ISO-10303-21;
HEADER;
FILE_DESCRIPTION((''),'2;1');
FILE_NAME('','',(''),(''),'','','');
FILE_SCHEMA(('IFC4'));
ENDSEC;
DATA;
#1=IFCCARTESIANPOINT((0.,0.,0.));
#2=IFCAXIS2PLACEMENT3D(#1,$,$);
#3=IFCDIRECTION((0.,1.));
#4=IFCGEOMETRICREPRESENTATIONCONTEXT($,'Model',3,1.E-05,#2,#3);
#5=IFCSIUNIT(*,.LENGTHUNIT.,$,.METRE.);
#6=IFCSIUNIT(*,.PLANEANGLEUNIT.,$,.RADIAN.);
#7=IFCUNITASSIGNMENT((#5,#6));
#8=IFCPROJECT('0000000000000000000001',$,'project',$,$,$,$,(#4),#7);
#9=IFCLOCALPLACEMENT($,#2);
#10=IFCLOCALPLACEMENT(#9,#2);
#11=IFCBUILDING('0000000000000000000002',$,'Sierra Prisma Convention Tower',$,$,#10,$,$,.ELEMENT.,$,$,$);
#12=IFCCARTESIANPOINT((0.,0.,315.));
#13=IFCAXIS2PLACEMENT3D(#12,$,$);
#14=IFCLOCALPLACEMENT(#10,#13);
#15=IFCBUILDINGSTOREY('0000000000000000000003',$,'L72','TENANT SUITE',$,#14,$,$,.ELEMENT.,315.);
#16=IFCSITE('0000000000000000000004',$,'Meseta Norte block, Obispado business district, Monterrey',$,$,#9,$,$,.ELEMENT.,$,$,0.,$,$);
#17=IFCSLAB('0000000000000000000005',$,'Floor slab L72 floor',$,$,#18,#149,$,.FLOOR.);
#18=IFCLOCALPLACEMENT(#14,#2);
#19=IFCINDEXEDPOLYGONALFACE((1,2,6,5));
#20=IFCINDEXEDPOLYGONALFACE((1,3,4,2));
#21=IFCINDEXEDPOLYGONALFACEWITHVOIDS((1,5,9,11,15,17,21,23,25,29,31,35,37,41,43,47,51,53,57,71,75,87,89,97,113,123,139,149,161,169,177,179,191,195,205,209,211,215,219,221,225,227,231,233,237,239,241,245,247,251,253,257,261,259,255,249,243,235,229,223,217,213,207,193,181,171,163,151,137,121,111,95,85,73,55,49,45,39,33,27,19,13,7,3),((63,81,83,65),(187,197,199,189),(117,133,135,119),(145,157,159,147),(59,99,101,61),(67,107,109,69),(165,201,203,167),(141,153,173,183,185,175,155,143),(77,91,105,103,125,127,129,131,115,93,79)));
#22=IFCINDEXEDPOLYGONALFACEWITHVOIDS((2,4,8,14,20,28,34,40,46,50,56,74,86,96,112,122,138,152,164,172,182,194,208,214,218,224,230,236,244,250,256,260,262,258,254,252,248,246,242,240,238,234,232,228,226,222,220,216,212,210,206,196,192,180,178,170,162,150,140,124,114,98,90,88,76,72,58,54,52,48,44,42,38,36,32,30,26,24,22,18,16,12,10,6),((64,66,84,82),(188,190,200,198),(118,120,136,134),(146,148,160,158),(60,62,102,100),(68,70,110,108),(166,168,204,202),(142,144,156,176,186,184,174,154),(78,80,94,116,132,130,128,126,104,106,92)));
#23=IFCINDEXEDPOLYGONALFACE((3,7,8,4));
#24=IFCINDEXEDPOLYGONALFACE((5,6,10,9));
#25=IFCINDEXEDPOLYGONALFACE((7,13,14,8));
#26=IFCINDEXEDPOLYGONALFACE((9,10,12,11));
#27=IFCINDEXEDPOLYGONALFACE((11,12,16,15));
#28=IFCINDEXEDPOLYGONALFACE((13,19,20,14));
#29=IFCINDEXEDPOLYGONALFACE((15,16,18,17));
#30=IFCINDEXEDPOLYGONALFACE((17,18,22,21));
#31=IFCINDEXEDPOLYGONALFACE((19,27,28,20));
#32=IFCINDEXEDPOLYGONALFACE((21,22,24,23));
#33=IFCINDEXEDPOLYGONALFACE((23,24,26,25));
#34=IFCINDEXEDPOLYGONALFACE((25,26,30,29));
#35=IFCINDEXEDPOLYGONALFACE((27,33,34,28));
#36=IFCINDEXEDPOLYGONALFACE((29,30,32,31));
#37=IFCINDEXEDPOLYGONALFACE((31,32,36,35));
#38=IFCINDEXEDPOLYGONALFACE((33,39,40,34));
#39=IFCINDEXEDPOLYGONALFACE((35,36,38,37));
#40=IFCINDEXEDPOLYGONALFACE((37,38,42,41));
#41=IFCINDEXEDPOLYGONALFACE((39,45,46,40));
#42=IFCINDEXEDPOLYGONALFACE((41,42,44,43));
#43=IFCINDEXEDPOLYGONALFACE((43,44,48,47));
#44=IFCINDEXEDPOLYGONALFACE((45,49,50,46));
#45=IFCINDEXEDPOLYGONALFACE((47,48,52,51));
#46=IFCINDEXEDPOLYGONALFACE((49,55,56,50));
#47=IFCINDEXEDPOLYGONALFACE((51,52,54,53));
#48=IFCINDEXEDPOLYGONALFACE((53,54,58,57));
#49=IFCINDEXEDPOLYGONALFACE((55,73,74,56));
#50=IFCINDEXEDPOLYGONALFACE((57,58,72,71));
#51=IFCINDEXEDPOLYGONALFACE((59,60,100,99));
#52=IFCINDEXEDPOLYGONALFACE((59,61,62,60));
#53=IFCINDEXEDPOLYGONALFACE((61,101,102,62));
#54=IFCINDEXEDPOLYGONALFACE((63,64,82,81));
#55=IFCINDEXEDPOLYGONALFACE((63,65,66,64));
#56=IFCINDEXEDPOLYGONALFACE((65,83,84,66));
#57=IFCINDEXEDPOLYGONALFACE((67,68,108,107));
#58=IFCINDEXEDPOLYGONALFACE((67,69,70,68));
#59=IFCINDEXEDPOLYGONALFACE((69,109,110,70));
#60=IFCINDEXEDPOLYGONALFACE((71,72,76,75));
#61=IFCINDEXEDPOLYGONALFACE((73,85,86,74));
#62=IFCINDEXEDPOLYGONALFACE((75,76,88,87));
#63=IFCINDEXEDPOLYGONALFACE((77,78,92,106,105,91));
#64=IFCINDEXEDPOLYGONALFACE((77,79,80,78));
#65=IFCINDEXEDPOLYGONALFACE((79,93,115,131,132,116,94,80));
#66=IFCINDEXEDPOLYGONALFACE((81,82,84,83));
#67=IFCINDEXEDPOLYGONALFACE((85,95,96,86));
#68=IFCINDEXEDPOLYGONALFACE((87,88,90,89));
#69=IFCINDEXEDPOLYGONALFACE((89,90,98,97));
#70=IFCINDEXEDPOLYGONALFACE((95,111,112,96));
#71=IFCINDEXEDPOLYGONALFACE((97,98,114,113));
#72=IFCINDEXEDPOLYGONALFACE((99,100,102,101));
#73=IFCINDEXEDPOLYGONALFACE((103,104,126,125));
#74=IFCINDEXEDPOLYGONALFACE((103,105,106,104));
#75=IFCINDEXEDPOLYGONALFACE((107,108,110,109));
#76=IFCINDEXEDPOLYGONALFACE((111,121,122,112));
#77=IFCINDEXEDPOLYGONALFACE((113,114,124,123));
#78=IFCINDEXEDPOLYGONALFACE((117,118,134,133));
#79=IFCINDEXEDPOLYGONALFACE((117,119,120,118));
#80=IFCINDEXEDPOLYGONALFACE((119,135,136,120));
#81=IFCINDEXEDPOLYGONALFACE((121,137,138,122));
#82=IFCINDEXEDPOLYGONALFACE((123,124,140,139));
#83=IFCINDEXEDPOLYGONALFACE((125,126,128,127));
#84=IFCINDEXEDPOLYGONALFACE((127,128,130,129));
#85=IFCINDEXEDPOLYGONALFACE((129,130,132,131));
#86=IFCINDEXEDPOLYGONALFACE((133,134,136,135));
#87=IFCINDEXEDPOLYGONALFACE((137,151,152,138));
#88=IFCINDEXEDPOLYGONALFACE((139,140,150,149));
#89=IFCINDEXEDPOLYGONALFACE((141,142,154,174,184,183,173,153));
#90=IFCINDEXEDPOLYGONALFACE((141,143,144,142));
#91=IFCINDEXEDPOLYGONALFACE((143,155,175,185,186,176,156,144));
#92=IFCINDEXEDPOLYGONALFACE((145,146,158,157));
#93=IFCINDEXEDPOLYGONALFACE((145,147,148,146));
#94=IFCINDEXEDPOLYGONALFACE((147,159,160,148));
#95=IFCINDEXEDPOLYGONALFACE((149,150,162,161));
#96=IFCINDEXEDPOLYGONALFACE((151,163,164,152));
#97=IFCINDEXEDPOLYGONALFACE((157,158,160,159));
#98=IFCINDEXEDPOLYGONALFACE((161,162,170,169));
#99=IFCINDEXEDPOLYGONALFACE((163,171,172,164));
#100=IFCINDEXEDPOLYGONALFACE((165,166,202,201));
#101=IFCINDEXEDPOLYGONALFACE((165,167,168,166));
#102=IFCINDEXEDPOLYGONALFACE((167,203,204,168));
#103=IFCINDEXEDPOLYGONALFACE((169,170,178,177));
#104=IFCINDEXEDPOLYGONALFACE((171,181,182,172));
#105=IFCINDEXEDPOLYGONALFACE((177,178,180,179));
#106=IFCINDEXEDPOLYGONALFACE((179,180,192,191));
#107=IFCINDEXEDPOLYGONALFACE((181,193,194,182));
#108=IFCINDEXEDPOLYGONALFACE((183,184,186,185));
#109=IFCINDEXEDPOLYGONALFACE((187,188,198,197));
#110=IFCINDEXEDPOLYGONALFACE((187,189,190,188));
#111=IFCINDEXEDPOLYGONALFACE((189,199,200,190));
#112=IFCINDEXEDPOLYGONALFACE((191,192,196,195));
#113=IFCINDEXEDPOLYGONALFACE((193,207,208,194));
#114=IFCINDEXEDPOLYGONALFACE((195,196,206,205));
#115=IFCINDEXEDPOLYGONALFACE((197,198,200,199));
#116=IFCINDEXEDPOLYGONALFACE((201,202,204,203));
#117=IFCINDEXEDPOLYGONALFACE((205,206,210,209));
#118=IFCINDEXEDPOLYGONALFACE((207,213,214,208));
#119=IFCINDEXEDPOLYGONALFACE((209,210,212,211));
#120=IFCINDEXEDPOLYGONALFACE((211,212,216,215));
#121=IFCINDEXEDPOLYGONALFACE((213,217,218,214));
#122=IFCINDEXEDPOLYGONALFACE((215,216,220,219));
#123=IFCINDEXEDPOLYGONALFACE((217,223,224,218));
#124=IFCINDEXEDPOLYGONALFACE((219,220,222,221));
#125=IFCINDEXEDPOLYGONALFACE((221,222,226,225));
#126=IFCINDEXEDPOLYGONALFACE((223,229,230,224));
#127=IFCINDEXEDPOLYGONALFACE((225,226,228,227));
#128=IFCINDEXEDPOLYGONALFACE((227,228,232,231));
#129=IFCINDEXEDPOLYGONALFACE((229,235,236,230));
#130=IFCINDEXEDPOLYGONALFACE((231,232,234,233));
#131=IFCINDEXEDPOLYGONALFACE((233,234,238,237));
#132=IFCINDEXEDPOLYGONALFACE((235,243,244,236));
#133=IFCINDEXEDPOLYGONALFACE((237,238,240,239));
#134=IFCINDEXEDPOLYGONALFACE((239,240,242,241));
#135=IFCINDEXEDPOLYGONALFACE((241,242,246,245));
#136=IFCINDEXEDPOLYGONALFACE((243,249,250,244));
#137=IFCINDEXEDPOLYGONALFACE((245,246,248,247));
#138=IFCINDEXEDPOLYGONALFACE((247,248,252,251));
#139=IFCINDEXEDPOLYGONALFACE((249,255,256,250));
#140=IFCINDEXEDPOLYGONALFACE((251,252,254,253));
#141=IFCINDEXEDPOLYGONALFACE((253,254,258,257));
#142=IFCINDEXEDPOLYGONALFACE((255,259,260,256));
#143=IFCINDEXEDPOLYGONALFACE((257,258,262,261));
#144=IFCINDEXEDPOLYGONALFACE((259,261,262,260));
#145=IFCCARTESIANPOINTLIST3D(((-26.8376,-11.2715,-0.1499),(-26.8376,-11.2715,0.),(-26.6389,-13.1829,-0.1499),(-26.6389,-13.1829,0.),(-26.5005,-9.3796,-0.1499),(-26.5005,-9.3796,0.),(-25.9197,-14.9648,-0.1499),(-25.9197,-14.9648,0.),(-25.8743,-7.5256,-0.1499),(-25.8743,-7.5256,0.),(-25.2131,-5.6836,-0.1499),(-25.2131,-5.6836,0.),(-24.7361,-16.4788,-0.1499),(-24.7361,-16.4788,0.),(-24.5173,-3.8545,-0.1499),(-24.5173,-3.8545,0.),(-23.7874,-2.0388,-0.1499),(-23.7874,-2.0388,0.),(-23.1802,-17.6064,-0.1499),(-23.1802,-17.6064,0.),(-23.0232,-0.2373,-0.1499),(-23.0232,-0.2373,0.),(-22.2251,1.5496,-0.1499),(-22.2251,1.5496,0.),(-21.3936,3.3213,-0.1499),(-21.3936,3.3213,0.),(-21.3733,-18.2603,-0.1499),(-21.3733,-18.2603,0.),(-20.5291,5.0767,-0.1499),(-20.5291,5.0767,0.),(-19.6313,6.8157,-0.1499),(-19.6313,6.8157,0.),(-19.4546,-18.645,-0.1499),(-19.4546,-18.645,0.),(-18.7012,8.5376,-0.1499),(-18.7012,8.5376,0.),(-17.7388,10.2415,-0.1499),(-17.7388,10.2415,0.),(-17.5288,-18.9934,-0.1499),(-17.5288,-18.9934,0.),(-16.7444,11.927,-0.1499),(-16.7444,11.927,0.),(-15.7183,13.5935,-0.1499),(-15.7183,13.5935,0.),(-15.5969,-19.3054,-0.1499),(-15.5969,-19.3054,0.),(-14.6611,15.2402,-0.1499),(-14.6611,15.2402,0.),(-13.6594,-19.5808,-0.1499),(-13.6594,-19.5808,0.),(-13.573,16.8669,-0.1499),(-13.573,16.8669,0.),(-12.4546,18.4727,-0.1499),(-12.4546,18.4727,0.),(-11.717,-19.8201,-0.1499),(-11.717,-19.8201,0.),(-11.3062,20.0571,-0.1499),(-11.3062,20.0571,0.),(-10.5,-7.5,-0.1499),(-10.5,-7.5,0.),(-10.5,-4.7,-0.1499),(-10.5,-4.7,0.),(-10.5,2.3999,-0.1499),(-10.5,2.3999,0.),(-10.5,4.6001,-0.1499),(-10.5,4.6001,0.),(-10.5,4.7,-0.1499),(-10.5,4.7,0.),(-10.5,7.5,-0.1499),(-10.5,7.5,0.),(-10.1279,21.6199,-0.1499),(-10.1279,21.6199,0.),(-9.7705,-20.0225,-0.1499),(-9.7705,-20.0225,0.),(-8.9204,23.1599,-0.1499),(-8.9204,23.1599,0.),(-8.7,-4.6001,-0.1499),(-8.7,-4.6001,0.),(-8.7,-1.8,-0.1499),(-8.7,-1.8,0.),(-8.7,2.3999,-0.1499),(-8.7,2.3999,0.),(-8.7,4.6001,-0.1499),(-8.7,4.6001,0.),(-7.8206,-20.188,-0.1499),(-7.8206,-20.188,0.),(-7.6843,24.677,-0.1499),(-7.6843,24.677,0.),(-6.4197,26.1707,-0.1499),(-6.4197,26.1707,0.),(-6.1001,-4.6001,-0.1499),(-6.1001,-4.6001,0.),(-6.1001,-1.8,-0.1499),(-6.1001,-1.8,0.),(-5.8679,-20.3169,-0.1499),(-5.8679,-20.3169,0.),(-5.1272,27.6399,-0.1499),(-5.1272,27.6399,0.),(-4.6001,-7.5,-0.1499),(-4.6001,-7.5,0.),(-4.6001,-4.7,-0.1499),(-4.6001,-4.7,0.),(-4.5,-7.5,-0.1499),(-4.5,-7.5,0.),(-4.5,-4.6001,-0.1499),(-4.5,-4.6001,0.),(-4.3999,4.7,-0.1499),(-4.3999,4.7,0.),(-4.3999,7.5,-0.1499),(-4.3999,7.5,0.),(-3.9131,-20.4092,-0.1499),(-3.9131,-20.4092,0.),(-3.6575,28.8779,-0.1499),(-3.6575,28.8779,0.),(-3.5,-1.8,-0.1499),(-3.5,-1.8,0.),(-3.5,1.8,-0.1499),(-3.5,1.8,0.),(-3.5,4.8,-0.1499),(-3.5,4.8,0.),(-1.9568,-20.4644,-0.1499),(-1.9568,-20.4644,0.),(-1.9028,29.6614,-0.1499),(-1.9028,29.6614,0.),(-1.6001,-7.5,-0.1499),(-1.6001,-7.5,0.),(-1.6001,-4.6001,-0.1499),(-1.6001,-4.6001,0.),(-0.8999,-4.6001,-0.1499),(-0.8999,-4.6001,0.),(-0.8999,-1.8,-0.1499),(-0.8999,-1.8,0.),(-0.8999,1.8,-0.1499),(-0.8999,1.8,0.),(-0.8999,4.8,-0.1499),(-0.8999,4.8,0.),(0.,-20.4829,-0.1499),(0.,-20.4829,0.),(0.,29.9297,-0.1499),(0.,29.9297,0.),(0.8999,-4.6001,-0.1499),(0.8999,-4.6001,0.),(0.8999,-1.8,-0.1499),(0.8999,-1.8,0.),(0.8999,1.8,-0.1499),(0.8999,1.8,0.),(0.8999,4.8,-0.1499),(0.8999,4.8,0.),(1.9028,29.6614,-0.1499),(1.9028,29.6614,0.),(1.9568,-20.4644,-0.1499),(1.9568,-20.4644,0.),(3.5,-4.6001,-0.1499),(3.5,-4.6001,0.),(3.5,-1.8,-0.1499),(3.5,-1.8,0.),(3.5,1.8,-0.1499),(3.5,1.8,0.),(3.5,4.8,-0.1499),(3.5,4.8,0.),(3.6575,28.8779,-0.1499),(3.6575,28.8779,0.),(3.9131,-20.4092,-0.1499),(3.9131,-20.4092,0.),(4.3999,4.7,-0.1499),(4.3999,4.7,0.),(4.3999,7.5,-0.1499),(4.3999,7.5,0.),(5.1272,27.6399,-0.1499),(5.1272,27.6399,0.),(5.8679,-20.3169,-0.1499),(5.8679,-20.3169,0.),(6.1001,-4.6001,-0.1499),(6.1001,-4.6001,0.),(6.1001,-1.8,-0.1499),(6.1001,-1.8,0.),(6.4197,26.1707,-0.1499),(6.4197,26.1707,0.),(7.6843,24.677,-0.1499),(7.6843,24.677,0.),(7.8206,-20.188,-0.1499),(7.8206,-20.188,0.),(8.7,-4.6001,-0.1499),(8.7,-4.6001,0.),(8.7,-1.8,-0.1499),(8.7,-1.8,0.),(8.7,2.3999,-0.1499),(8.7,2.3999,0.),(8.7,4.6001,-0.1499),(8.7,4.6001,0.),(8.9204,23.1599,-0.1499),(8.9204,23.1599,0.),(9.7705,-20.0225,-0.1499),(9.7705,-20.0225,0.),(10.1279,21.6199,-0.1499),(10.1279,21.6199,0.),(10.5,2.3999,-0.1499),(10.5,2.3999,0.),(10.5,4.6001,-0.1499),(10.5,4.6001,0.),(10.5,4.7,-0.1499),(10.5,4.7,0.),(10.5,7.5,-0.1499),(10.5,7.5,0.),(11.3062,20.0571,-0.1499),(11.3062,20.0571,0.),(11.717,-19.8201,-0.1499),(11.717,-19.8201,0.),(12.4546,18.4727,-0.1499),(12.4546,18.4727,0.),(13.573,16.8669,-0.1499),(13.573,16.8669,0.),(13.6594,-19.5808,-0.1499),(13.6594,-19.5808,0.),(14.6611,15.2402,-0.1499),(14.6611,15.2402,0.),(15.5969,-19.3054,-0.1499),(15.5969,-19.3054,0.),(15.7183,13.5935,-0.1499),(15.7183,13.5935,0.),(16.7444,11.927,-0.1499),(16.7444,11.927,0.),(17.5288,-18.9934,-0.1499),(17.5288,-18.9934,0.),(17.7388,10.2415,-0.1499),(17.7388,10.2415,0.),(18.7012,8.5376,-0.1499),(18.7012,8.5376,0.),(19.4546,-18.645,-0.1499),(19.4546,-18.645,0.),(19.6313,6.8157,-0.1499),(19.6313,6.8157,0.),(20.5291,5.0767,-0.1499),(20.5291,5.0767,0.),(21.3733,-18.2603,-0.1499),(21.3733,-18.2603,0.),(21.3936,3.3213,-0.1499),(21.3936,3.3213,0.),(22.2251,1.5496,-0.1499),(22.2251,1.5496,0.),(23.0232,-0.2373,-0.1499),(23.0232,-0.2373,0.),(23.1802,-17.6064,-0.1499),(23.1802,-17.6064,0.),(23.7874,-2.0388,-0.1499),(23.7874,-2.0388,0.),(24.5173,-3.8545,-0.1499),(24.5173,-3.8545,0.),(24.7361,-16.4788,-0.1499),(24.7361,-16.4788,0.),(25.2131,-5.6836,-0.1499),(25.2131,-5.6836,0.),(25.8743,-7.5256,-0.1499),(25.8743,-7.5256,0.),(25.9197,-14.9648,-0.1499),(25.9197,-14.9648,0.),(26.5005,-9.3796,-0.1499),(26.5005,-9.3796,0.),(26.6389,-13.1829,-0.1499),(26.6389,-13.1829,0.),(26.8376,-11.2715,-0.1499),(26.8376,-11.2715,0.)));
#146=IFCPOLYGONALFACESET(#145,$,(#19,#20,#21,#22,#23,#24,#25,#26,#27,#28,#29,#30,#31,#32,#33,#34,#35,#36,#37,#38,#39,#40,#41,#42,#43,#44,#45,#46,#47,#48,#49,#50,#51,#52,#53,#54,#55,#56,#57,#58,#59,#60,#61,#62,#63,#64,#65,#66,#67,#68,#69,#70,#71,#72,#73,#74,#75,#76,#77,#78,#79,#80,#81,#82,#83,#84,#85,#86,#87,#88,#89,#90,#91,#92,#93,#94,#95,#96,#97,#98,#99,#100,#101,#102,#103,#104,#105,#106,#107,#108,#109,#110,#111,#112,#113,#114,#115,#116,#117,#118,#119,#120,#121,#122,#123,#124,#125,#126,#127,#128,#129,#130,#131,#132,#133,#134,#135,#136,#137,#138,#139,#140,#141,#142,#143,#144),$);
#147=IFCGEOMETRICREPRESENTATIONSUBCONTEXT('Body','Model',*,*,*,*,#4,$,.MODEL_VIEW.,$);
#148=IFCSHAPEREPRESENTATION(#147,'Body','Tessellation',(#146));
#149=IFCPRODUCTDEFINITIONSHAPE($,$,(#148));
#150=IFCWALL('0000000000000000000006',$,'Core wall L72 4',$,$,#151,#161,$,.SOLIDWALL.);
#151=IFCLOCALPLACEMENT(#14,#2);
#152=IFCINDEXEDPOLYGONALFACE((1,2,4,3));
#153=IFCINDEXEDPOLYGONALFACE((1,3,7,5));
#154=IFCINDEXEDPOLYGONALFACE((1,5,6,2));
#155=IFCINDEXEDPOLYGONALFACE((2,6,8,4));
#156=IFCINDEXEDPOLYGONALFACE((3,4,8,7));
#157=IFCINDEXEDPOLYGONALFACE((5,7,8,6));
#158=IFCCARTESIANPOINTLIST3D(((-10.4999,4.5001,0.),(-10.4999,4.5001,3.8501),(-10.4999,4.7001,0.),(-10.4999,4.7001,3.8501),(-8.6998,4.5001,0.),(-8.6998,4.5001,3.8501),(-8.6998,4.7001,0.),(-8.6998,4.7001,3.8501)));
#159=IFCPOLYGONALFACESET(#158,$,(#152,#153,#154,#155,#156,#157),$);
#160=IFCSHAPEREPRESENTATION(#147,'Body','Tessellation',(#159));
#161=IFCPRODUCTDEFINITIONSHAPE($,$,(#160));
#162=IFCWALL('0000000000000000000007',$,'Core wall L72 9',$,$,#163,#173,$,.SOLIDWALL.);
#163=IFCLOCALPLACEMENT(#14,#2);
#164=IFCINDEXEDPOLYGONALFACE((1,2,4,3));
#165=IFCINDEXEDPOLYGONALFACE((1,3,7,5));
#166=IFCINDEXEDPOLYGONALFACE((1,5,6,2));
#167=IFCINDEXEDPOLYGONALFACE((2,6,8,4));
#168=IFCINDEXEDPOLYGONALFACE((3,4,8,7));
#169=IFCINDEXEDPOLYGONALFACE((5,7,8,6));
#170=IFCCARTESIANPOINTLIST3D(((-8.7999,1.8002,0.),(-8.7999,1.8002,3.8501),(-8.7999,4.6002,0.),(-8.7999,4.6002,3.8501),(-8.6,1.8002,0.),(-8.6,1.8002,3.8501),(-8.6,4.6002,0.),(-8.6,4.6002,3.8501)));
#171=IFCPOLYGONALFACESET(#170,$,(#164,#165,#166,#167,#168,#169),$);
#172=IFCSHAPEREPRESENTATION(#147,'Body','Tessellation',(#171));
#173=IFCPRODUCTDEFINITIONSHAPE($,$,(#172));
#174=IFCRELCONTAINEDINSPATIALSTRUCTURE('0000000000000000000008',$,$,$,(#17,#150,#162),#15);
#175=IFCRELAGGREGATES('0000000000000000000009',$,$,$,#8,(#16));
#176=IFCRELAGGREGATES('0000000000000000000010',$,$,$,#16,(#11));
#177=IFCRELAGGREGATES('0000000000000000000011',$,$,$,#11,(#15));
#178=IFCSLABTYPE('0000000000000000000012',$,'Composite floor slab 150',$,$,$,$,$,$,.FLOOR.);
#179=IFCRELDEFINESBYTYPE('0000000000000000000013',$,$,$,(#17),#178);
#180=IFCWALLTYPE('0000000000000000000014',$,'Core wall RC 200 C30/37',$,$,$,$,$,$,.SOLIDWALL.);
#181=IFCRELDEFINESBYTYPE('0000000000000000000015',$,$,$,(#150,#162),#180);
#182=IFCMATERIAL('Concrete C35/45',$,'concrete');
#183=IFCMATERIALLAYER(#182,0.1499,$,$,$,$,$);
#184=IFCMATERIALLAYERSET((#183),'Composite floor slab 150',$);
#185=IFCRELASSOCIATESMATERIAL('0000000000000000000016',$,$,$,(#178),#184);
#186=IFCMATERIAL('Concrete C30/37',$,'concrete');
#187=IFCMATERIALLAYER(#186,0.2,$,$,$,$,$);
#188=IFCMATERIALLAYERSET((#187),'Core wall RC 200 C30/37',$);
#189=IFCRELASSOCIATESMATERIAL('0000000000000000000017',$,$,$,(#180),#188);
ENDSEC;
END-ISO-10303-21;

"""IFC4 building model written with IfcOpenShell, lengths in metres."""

from ifc_helpers import new_model, si_unit, direction, frame, frame_2d, origin, place, context, subcontext, project, spatial, polyline, rectangle, outline, extrude, material, layer, layer_set, type_object, element, save


model = new_model("IFC4")

# Units and contexts
model_context = context("Model", 3, precision=1e-05, world=origin(), true_north=direction((0.0, 1.0)))
body_context = subcontext(model_context, "Body", "Model", "MODEL_VIEW")
ifc_project = project(units=[si_unit("LENGTHUNIT", "METRE"), si_unit("PLANEANGLEUNIT", "RADIAN")], contexts=[model_context])

# Site, building, storey
site_placement = place(None, origin())
site = spatial("IfcSite", under=ifc_project, at=site_placement, Name="Meseta Norte block, Obispado business district, Monterrey", CompositionType="ELEMENT", RefElevation=0.0)
building_placement = place(site_placement, origin())
building = spatial("IfcBuilding", under=site, at=building_placement, Name="Sierra Prisma Convention Tower", CompositionType="ELEMENT")
storey_placement = place(building_placement, frame((0.0, 0.0, 315.0)))
storey = spatial("IfcBuildingStorey", under=building, at=storey_placement, Name="L72", Description="TENANT SUITE", CompositionType="ELEMENT", Elevation=315.0)

# Slab
ifc_material_1 = material(Name="Concrete C35/45", Category="concrete")
ifc_layer_1 = layer(ifc_material_1, 0.1499)
ifc_layer_set_1 = layer_set([ifc_layer_1], Name="Composite floor slab 150")
slab_type = type_object("IfcSlabType", Name="Composite floor slab 150", PredefinedType="FLOOR", material=ifc_layer_set_1)
slab_placement = place(storey_placement, frame((0.0, 0.0, -0.1499)))
element("IfcSlab", 1, at=slab_placement, inside=storey, type_object=slab_type, Name="Floor slab L72 floor", PredefinedType="FLOOR", context=body_context, shape_type="SweptSolid", body=[
    extrude(outline(polyline([(-21.3733, -18.2603), (-19.4546, -18.645), (-17.5288, -18.9934), (-15.5969, -19.3054), (-13.6594, -19.5808), (-11.717, -19.8201), (-9.7705, -20.0225), (-7.8206, -20.188), (-5.8679, -20.3169), (-3.9131, -20.4092), (-1.9568, -20.4644), (0.0, -20.4829), (1.9568, -20.4644), (3.9131, -20.4092), (5.8679, -20.3169), (7.8206, -20.188), (9.7705, -20.0225), (11.717, -19.8201), (13.6594, -19.5808), (15.5969, -19.3054), (17.5288, -18.9934), (19.4546, -18.645), (21.3733, -18.2603), (23.1802, -17.6064), (24.7361, -16.4788), (25.9197, -14.9648), (26.6389, -13.1829), (26.8376, -11.2715), (26.5005, -9.3796), (25.8743, -7.5256), (25.2131, -5.6836), (24.5173, -3.8545), (23.7874, -2.0388), (23.0232, -0.2373), (22.2251, 1.5496), (21.3936, 3.3213), (20.5291, 5.0767), (19.6313, 6.8157), (18.7012, 8.5376), (17.7388, 10.2415), (16.7444, 11.927), (15.7183, 13.5935), (14.6611, 15.2402), (13.573, 16.8669), (12.4546, 18.4727), (11.3062, 20.0571), (10.1279, 21.6199), (8.9204, 23.1599), (7.6843, 24.677), (6.4197, 26.1707), (5.1272, 27.6399), (3.6575, 28.8779), (1.9028, 29.6614), (0.0, 29.9297), (-1.9028, 29.6614), (-3.6575, 28.8779), (-5.1272, 27.6399), (-6.4197, 26.1707), (-7.6843, 24.677), (-8.9204, 23.1599), (-10.1279, 21.6199), (-11.3062, 20.0571), (-12.4546, 18.4727), (-13.573, 16.8669), (-14.6611, 15.2402), (-15.7183, 13.5935), (-16.7444, 11.927), (-17.7388, 10.2415), (-18.7012, 8.5376), (-19.6313, 6.8157), (-20.5291, 5.0767), (-21.3936, 3.3213), (-22.2251, 1.5496), (-23.0232, -0.2373), (-23.7874, -2.0388), (-24.5173, -3.8545), (-25.2131, -5.6836), (-25.8743, -7.5256), (-26.5005, -9.3796), (-26.8376, -11.2715), (-26.6389, -13.1829), (-25.9197, -14.9648), (-24.7361, -16.4788), (-23.1802, -17.6064), (-21.3733, -18.2603)]), holes=[polyline([(-4.6001, -4.7), (-4.6001, -7.5), (-10.5, -7.5), (-10.5, -4.7), (-4.6001, -4.7)]), polyline([(-4.5, -7.5), (-4.5, -4.6001), (-6.1001, -4.6001), (-8.7, -4.6001), (-8.7, -1.8), (-6.1001, -1.8), (-3.5, -1.8), (-0.8999, -1.8), (-0.8999, -4.6001), (-1.6001, -4.6001), (-1.6001, -7.5), (-4.5, -7.5)]), polyline([(-8.7, 2.3999), (-10.5, 2.3999), (-10.5, 4.6001), (-8.7, 4.6001), (-8.7, 2.3999)]), polyline([(-4.3999, 4.7), (-10.5, 4.7), (-10.5, 7.5), (-4.3999, 7.5), (-4.3999, 4.7)]), polyline([(3.5, -1.8), (6.1001, -1.8), (8.7, -1.8), (8.7, -4.6001), (6.1001, -4.6001), (3.5, -4.6001), (0.8999, -4.6001), (0.8999, -1.8), (3.5, -1.8)]), polyline([(-0.8999, 1.8), (-3.5, 1.8), (-3.5, 4.8), (-0.8999, 4.8), (-0.8999, 1.8)]), polyline([(3.5, 1.8), (0.8999, 1.8), (0.8999, 4.8), (3.5, 4.8), (3.5, 1.8)]), polyline([(10.5, 2.3999), (8.7, 2.3999), (8.7, 4.6001), (10.5, 4.6001), (10.5, 2.3999)]), polyline([(10.5, 4.7), (4.3999, 4.7), (4.3999, 7.5), (10.5, 7.5), (10.5, 4.7)])]), origin(), (0.0, 0.0, 1.0), 0.1499),
])

# Walls
ifc_material_2 = material(Name="Concrete C30/37", Category="concrete")
ifc_layer_2 = layer(ifc_material_2, 0.2)
ifc_layer_set_2 = layer_set([ifc_layer_2], Name="Core wall RC 200 C30/37")
wall_type = type_object("IfcWallType", Name="Core wall RC 200 C30/37", PredefinedType="SOLIDWALL", material=ifc_layer_set_2)
wall_1_placement = place(storey_placement, frame((-8.7, 4.6001, 0.0), z_axis=(0.0, 0.0, 1.0), x_axis=(-1.0, 0.0, 0.0)))
element("IfcWall", 2, at=wall_1_placement, inside=storey, type_object=wall_type, Name="Core wall L72 4", PredefinedType="SOLIDWALL", context=body_context, shape_type="SweptSolid", body=[
    extrude(rectangle(XDim=1.8, YDim=0.2, at=frame_2d((0.8999, 0.0))), origin(), (0.0, 0.0, 1.0), 3.8501),
])
wall_2_placement = place(storey_placement, frame((-8.7, 4.6001, 0.0), z_axis=(0.0, 0.0, 1.0), x_axis=(0.0, -1.0, 0.0)))
element("IfcWall", 3, at=wall_2_placement, inside=storey, type_object=wall_type, Name="Core wall L72 9", PredefinedType="SOLIDWALL", context=body_context, shape_type="SweptSolid", body=[
    extrude(rectangle(XDim=2.8, YDim=0.2, at=frame_2d((1.3999, 0.0))), origin(), (0.0, 0.0, 1.0), 3.8501),
])

save(model, "model.ifc")
